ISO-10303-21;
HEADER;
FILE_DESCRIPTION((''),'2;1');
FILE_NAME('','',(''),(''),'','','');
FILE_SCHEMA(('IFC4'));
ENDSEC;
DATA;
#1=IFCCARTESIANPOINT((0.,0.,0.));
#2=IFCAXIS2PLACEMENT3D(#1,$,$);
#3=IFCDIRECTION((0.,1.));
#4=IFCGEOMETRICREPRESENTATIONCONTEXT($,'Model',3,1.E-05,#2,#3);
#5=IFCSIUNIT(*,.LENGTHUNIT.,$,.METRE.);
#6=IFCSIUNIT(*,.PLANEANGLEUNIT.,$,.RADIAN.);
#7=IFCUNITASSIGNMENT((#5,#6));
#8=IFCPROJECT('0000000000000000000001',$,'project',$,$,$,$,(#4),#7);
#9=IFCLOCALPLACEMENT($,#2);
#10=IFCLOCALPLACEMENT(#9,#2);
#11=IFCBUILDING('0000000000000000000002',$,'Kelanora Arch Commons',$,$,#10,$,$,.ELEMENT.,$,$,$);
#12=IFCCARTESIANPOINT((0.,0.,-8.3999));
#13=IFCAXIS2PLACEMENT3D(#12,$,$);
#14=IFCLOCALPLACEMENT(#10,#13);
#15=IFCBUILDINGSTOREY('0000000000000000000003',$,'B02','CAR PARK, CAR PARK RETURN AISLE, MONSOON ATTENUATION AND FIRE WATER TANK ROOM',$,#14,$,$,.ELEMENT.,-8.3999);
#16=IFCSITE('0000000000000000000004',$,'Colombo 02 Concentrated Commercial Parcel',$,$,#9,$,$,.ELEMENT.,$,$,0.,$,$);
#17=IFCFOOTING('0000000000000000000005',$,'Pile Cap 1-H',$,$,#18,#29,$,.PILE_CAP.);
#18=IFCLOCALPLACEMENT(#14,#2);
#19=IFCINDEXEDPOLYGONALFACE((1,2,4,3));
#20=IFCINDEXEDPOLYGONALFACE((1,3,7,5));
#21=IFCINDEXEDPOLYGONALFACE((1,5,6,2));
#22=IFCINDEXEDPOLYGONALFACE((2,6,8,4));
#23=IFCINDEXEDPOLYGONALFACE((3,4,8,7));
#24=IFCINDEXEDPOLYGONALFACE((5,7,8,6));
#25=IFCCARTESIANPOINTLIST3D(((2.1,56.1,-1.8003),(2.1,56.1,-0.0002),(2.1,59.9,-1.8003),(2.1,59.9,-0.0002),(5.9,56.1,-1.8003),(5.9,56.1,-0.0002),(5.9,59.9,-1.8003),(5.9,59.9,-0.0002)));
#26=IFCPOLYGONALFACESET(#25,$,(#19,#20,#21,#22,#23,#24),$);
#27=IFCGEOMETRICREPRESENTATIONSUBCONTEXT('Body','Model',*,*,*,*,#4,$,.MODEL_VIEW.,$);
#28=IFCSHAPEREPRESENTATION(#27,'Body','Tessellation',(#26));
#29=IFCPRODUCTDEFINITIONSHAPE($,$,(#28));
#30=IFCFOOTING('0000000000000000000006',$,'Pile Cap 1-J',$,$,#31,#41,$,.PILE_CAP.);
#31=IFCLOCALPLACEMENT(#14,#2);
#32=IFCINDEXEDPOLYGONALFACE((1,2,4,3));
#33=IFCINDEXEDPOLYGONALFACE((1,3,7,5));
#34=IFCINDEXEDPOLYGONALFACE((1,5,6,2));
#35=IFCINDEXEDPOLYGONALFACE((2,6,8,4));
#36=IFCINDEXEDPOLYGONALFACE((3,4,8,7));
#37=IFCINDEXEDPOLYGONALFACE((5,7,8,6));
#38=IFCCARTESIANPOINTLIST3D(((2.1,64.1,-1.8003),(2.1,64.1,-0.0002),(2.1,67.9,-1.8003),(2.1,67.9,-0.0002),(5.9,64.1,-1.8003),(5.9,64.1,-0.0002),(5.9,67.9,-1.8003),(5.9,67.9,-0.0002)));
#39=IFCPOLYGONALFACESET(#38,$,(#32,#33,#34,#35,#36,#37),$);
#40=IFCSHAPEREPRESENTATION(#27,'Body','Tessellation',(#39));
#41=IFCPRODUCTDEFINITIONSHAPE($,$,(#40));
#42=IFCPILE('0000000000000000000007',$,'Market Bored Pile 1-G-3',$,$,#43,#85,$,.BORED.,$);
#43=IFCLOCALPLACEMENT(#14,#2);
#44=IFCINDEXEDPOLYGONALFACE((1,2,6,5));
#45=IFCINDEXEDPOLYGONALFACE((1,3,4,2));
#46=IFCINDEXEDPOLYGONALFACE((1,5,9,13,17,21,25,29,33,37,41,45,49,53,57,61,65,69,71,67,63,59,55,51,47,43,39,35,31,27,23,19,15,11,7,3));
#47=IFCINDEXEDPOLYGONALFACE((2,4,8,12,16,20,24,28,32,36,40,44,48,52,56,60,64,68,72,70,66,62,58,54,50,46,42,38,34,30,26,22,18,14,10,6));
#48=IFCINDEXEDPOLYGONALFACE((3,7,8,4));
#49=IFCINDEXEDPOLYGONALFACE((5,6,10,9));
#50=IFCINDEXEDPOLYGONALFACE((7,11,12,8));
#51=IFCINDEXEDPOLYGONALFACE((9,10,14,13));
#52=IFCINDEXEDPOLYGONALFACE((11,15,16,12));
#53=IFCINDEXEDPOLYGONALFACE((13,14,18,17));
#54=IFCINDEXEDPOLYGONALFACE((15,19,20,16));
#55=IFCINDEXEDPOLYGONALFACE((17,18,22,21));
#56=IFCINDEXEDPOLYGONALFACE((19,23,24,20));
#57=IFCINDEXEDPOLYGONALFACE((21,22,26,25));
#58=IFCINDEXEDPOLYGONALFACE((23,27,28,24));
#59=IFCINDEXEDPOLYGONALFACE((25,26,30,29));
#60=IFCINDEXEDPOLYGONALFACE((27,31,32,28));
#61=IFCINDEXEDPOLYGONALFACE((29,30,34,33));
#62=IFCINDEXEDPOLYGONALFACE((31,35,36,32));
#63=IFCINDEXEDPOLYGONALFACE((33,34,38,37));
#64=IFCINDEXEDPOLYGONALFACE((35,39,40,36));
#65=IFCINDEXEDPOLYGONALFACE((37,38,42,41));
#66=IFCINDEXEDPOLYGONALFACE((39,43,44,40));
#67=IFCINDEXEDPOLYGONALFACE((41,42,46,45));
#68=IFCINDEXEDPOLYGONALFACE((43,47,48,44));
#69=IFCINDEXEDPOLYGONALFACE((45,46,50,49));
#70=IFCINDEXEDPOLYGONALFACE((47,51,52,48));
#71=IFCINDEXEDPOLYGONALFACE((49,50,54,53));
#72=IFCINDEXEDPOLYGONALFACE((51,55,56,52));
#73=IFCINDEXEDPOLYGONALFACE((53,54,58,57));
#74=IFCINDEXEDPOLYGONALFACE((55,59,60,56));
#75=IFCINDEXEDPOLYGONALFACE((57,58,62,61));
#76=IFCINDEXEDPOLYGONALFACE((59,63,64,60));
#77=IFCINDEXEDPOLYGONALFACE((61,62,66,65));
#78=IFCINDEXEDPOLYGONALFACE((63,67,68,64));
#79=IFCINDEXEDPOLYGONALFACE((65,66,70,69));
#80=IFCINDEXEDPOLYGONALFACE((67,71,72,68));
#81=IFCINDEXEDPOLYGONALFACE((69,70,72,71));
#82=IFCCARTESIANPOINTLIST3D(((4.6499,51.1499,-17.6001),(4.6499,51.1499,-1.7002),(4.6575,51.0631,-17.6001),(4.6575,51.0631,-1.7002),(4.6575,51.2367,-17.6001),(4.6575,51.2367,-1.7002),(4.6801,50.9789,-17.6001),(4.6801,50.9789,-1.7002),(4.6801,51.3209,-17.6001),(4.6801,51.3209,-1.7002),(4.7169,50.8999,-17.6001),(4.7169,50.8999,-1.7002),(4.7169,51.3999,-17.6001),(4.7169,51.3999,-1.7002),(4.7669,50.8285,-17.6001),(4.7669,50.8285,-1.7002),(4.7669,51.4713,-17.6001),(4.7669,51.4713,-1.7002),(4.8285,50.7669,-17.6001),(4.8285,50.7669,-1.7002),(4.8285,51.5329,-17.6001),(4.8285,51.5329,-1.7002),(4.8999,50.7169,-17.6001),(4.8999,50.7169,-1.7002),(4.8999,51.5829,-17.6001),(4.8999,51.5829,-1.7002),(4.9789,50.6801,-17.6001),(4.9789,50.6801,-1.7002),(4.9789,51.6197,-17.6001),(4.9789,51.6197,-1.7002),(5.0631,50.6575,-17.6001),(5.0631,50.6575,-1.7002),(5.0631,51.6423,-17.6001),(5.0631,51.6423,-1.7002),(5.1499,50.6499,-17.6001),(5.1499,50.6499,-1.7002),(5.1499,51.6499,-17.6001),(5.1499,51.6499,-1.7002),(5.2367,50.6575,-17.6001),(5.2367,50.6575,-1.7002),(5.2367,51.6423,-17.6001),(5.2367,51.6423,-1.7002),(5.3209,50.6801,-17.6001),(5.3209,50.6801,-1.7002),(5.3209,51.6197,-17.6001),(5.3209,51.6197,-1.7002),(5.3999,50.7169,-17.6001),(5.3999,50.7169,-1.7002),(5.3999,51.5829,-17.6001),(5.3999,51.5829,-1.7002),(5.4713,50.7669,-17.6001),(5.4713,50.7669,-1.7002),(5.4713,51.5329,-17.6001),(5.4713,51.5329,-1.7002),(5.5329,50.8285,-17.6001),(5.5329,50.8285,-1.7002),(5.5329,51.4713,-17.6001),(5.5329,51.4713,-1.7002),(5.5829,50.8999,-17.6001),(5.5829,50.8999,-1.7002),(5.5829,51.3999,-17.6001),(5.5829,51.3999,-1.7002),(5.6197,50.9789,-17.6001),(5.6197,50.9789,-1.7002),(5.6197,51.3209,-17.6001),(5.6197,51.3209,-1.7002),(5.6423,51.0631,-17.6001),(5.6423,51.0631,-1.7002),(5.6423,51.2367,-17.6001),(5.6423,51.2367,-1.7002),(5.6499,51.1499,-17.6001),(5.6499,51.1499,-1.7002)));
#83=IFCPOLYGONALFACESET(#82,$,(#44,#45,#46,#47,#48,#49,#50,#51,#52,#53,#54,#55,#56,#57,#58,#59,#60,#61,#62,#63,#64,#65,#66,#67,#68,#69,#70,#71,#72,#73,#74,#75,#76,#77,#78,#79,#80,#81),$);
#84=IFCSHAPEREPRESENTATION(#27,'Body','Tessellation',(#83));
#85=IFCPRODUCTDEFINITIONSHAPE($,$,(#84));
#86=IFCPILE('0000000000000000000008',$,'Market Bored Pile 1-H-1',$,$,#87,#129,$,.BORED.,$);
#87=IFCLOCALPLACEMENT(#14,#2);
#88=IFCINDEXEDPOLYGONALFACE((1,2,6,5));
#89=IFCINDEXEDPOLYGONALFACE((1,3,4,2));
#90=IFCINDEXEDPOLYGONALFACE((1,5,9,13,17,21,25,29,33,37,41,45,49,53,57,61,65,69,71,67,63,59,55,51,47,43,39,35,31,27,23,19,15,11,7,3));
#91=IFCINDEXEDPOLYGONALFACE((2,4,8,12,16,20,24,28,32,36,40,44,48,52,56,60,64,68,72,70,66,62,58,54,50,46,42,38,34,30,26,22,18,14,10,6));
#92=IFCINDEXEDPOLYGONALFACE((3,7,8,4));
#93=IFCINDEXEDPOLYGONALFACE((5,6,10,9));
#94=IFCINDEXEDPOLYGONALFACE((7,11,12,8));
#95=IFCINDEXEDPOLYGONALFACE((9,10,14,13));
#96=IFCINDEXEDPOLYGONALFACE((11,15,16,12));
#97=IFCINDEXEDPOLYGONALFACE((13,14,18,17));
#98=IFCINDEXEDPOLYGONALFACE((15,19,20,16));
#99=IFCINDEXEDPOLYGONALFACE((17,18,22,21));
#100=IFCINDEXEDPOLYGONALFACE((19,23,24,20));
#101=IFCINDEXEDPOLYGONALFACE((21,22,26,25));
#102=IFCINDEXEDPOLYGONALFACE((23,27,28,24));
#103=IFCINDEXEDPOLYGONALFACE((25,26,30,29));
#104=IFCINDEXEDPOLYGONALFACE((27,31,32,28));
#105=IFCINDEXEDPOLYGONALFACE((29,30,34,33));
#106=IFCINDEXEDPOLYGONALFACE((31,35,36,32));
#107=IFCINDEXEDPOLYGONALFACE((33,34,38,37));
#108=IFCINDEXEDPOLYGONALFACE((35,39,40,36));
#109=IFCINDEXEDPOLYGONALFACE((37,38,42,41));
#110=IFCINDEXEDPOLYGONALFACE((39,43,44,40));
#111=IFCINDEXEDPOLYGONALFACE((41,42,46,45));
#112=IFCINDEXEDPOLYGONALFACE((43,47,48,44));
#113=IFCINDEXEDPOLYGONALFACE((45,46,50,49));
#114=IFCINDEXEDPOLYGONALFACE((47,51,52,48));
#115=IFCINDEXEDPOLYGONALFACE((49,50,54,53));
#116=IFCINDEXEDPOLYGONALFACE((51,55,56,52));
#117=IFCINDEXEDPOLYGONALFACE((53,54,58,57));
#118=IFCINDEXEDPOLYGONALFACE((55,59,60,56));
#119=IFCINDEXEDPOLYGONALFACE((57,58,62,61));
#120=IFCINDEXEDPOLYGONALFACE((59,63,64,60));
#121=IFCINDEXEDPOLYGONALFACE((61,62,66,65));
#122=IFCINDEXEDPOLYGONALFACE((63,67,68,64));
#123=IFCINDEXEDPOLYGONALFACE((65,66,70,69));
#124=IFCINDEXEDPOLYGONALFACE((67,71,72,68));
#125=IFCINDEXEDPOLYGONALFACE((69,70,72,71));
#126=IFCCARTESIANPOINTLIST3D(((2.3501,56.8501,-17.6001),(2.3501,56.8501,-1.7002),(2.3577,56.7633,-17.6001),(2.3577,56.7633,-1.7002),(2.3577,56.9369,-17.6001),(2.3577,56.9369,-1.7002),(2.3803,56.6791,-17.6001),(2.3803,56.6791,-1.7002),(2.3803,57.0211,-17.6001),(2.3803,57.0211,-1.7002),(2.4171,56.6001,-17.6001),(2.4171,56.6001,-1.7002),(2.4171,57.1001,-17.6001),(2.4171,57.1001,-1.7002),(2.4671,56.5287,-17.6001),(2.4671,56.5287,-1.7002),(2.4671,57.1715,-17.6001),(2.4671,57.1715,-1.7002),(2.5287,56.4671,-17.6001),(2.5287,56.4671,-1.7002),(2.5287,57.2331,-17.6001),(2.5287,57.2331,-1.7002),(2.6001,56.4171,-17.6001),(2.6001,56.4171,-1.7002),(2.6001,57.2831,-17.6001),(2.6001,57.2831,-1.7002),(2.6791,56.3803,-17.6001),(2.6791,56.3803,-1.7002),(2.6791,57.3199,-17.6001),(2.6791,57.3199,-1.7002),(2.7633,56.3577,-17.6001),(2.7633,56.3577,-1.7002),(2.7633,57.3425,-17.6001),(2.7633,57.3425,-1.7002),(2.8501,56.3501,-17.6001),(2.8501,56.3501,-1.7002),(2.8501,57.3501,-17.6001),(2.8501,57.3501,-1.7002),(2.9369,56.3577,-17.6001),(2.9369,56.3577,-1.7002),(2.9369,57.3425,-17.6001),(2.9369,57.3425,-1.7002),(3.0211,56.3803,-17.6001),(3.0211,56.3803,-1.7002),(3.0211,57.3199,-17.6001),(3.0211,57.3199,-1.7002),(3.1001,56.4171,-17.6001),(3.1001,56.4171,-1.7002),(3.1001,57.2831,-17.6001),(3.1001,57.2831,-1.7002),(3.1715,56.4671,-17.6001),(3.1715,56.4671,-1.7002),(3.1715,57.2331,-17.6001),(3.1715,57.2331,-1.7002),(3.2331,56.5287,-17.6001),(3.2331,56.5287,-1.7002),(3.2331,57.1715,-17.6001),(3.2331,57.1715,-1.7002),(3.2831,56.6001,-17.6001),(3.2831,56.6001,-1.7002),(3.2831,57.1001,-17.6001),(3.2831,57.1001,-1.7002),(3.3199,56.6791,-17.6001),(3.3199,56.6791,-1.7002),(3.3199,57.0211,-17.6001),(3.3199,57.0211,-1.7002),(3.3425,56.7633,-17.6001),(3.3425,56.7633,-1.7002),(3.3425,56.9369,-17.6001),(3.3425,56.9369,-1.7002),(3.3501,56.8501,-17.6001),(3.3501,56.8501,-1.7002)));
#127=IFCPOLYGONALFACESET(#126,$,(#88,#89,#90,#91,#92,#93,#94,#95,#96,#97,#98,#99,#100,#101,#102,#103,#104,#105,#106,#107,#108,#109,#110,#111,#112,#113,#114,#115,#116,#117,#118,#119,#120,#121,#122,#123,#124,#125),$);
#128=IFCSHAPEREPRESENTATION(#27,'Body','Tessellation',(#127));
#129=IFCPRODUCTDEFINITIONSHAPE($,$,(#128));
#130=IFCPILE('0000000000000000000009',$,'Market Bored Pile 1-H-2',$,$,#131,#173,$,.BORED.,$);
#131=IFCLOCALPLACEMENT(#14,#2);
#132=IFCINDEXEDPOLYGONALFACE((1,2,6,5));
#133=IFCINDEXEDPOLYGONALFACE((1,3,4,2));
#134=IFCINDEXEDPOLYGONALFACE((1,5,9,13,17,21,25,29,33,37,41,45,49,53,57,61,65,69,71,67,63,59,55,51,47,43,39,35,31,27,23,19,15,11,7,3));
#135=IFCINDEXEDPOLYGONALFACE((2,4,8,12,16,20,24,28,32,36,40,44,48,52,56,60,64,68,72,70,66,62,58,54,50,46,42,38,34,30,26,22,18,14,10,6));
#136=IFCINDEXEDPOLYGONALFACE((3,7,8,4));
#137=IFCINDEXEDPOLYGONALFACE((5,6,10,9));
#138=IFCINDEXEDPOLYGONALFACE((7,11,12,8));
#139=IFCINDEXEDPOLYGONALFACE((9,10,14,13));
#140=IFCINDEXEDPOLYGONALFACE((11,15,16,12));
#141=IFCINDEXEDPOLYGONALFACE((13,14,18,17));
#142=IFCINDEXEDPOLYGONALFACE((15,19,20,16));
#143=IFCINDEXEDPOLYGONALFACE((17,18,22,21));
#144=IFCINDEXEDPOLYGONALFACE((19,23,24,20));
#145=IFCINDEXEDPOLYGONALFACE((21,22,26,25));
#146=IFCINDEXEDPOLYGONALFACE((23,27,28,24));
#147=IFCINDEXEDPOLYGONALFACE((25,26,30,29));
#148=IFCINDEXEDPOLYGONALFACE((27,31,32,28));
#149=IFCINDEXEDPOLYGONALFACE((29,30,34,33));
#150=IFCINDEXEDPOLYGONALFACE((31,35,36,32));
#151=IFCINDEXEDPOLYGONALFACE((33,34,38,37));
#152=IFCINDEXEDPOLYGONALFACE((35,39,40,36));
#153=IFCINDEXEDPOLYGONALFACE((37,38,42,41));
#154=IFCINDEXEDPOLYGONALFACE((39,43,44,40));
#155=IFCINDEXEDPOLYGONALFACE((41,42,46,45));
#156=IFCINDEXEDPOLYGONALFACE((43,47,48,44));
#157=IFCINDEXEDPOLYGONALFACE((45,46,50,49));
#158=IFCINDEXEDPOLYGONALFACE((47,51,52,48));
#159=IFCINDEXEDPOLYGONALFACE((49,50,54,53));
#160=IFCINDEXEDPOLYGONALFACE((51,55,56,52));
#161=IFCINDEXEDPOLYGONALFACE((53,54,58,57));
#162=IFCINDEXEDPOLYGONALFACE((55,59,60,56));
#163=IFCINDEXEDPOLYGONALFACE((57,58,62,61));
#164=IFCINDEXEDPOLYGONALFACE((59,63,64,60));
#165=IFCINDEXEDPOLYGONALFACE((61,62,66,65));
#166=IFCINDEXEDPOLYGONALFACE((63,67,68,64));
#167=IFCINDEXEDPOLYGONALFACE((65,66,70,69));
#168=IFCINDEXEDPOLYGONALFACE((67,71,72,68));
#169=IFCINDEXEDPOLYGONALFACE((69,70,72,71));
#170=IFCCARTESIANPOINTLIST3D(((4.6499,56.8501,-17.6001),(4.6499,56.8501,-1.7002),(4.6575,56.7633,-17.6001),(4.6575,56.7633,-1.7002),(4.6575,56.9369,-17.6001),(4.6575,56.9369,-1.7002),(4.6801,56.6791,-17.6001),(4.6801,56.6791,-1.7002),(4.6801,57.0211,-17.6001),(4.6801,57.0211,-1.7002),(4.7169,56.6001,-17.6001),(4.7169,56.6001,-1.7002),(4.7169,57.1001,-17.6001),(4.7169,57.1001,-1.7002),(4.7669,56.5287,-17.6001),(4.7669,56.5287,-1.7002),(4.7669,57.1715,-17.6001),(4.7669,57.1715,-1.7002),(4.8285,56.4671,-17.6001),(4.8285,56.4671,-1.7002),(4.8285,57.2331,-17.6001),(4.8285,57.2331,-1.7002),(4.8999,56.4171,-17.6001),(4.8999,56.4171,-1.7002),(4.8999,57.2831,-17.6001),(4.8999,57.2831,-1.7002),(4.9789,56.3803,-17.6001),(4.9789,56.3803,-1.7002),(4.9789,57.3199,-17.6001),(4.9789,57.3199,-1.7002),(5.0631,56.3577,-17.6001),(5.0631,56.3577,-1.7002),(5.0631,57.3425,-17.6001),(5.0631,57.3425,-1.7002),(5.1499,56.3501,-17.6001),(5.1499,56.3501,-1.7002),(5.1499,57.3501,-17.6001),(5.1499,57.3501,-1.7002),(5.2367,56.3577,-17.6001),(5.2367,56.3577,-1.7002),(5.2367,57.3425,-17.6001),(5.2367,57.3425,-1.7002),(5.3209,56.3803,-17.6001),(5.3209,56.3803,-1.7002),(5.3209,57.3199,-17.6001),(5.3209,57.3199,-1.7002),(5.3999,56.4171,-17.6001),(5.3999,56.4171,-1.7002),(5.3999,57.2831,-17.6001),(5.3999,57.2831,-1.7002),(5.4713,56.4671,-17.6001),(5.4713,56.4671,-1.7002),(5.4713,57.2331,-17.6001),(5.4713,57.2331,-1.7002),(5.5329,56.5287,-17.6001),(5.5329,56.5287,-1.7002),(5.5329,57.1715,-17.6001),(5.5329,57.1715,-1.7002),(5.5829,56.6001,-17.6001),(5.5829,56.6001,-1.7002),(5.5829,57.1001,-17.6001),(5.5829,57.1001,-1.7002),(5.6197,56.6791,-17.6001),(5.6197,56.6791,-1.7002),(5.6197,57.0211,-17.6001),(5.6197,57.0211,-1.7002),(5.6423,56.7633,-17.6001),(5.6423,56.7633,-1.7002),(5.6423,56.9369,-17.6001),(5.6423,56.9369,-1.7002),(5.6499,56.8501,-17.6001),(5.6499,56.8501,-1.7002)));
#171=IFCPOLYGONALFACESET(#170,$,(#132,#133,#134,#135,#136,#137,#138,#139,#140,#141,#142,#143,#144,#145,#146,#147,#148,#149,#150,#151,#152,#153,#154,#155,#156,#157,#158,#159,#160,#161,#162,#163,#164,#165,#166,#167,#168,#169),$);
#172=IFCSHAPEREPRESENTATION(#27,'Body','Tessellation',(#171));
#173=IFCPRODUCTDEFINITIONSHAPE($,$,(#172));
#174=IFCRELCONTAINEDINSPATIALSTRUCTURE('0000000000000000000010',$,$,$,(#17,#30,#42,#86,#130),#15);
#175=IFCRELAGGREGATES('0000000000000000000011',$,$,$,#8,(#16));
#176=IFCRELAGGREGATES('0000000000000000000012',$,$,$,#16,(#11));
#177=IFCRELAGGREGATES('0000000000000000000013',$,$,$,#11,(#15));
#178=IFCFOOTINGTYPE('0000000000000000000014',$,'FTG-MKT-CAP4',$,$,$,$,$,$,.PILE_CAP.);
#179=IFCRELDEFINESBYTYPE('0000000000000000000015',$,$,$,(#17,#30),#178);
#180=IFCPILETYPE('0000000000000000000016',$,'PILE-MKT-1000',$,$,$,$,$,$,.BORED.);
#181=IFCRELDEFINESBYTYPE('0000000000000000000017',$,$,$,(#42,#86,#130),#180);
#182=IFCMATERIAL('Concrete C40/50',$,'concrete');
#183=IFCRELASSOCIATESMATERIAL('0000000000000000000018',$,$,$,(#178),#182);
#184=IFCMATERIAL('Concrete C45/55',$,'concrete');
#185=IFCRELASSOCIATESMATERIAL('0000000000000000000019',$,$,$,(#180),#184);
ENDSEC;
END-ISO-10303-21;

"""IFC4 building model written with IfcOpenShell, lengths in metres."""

from ifc_helpers import new_model, si_unit, direction, frame, origin, origin_2d, place, context, subcontext, project, spatial, rectangle, circle, extrude, source, transform, mapped, material, material_profile, profile_set, type_object, element, save


model = new_model("IFC4")

# Units and contexts
model_context = context("Model", 3, precision=1e-05, world=origin(), true_north=direction((0.0, 1.0)))
body_context = subcontext(model_context, "Body", "Model", "MODEL_VIEW")
ifc_project = project(units=[si_unit("LENGTHUNIT", "METRE"), si_unit("PLANEANGLEUNIT", "RADIAN")], contexts=[model_context])

# Site, building, storey
site_placement = place(None, origin())
site = spatial("IfcSite", under=ifc_project, at=site_placement, Name="Colombo 02 Concentrated Commercial Parcel", CompositionType="ELEMENT", RefElevation=0.0)
building_placement = place(site_placement, origin())
building = spatial("IfcBuilding", under=site, at=building_placement, Name="Kelanora Arch Commons", CompositionType="ELEMENT")
storey_placement = place(building_placement, frame((0.0, 0.0, -8.3999)))
storey = spatial("IfcBuildingStorey", under=building, at=storey_placement, Name="B02", Description="CAR PARK, CAR PARK RETURN AISLE, MONSOON ATTENUATION AND FIRE WATER TANK ROOM", CompositionType="ELEMENT", Elevation=-8.3999)

# Footings
ifc_material_1 = material(Name="Concrete C40/50", Category="concrete")
footing_type_1 = type_object("IfcFootingType", Name="FTG-MKT-CAP4", PredefinedType="PILE_CAP", material=ifc_material_1)
shared_shape_1 = source(origin(), body_context, "Body", "SweptSolid", [
    extrude(rectangle(XDim=3.8, YDim=3.8, at=origin_2d()), origin(), (0.0, 0.0, 1.0), 1.8),
])
for number, where, z_axis, x_axis, name in (
    (1, (4.0, 58.0, -1.8003), (0.0, 0.0, 1.0), (1.0, 0.0, 0.0), "Pile Cap 1-H"),
    (2, (4.0, 66.0, -1.8003), (0.0, 0.0, 1.0), (1.0, 0.0, 0.0), "Pile Cap 1-J"),
):
    element("IfcFooting", number, at=place(storey_placement, frame(where, z_axis=z_axis, x_axis=x_axis)), inside=storey, type_object=footing_type_1, Name=name, PredefinedType="PILE_CAP", context=body_context, shape_type="MappedRepresentation", body=[
        mapped(shared_shape_1, transform((0.0, 0.0, 0.0), scale=1.0)),
    ])

# Piles
ifc_material_2 = material(Name="Concrete C45/55", Category="concrete")
ifc_material_profile_1 = material_profile(ifc_material_2, circle(Radius=0.5, at=origin_2d()), Name="PILE1000")
ifc_profile_set_1 = profile_set([ifc_material_profile_1], Name="Concrete C45/55")
pile_type = type_object("IfcPileType", Name="PILE-MKT-1000", PredefinedType="BORED", material=ifc_profile_set_1)
shared_shape_2 = source(origin(), body_context, "Body", "SweptSolid", [
    extrude(circle(Radius=0.5, at=origin_2d()), origin(), (0.0, 0.0, 1.0), 15.8999),
])
for number, where, z_axis, x_axis, name in (
    (3, (5.1499, 51.1499, -1.7002), (0.0, 0.0, -1.0), (1.0, 0.0, 0.0), "Market Bored Pile 1-G-3"),
    (4, (2.8501, 56.8501, -1.7002), (0.0, 0.0, -1.0), (1.0, 0.0, 0.0), "Market Bored Pile 1-H-1"),
    (5, (5.1499, 56.8501, -1.7002), (0.0, 0.0, -1.0), (1.0, 0.0, 0.0), "Market Bored Pile 1-H-2"),
):
    element("IfcPile", number, at=place(storey_placement, frame(where, z_axis=z_axis, x_axis=x_axis)), inside=storey, type_object=pile_type, Name=name, PredefinedType="BORED", context=body_context, shape_type="MappedRepresentation", body=[
        mapped(shared_shape_2, transform((0.0, 0.0, 0.0), scale=1.0)),
    ])

save(model, "model.ifc")
